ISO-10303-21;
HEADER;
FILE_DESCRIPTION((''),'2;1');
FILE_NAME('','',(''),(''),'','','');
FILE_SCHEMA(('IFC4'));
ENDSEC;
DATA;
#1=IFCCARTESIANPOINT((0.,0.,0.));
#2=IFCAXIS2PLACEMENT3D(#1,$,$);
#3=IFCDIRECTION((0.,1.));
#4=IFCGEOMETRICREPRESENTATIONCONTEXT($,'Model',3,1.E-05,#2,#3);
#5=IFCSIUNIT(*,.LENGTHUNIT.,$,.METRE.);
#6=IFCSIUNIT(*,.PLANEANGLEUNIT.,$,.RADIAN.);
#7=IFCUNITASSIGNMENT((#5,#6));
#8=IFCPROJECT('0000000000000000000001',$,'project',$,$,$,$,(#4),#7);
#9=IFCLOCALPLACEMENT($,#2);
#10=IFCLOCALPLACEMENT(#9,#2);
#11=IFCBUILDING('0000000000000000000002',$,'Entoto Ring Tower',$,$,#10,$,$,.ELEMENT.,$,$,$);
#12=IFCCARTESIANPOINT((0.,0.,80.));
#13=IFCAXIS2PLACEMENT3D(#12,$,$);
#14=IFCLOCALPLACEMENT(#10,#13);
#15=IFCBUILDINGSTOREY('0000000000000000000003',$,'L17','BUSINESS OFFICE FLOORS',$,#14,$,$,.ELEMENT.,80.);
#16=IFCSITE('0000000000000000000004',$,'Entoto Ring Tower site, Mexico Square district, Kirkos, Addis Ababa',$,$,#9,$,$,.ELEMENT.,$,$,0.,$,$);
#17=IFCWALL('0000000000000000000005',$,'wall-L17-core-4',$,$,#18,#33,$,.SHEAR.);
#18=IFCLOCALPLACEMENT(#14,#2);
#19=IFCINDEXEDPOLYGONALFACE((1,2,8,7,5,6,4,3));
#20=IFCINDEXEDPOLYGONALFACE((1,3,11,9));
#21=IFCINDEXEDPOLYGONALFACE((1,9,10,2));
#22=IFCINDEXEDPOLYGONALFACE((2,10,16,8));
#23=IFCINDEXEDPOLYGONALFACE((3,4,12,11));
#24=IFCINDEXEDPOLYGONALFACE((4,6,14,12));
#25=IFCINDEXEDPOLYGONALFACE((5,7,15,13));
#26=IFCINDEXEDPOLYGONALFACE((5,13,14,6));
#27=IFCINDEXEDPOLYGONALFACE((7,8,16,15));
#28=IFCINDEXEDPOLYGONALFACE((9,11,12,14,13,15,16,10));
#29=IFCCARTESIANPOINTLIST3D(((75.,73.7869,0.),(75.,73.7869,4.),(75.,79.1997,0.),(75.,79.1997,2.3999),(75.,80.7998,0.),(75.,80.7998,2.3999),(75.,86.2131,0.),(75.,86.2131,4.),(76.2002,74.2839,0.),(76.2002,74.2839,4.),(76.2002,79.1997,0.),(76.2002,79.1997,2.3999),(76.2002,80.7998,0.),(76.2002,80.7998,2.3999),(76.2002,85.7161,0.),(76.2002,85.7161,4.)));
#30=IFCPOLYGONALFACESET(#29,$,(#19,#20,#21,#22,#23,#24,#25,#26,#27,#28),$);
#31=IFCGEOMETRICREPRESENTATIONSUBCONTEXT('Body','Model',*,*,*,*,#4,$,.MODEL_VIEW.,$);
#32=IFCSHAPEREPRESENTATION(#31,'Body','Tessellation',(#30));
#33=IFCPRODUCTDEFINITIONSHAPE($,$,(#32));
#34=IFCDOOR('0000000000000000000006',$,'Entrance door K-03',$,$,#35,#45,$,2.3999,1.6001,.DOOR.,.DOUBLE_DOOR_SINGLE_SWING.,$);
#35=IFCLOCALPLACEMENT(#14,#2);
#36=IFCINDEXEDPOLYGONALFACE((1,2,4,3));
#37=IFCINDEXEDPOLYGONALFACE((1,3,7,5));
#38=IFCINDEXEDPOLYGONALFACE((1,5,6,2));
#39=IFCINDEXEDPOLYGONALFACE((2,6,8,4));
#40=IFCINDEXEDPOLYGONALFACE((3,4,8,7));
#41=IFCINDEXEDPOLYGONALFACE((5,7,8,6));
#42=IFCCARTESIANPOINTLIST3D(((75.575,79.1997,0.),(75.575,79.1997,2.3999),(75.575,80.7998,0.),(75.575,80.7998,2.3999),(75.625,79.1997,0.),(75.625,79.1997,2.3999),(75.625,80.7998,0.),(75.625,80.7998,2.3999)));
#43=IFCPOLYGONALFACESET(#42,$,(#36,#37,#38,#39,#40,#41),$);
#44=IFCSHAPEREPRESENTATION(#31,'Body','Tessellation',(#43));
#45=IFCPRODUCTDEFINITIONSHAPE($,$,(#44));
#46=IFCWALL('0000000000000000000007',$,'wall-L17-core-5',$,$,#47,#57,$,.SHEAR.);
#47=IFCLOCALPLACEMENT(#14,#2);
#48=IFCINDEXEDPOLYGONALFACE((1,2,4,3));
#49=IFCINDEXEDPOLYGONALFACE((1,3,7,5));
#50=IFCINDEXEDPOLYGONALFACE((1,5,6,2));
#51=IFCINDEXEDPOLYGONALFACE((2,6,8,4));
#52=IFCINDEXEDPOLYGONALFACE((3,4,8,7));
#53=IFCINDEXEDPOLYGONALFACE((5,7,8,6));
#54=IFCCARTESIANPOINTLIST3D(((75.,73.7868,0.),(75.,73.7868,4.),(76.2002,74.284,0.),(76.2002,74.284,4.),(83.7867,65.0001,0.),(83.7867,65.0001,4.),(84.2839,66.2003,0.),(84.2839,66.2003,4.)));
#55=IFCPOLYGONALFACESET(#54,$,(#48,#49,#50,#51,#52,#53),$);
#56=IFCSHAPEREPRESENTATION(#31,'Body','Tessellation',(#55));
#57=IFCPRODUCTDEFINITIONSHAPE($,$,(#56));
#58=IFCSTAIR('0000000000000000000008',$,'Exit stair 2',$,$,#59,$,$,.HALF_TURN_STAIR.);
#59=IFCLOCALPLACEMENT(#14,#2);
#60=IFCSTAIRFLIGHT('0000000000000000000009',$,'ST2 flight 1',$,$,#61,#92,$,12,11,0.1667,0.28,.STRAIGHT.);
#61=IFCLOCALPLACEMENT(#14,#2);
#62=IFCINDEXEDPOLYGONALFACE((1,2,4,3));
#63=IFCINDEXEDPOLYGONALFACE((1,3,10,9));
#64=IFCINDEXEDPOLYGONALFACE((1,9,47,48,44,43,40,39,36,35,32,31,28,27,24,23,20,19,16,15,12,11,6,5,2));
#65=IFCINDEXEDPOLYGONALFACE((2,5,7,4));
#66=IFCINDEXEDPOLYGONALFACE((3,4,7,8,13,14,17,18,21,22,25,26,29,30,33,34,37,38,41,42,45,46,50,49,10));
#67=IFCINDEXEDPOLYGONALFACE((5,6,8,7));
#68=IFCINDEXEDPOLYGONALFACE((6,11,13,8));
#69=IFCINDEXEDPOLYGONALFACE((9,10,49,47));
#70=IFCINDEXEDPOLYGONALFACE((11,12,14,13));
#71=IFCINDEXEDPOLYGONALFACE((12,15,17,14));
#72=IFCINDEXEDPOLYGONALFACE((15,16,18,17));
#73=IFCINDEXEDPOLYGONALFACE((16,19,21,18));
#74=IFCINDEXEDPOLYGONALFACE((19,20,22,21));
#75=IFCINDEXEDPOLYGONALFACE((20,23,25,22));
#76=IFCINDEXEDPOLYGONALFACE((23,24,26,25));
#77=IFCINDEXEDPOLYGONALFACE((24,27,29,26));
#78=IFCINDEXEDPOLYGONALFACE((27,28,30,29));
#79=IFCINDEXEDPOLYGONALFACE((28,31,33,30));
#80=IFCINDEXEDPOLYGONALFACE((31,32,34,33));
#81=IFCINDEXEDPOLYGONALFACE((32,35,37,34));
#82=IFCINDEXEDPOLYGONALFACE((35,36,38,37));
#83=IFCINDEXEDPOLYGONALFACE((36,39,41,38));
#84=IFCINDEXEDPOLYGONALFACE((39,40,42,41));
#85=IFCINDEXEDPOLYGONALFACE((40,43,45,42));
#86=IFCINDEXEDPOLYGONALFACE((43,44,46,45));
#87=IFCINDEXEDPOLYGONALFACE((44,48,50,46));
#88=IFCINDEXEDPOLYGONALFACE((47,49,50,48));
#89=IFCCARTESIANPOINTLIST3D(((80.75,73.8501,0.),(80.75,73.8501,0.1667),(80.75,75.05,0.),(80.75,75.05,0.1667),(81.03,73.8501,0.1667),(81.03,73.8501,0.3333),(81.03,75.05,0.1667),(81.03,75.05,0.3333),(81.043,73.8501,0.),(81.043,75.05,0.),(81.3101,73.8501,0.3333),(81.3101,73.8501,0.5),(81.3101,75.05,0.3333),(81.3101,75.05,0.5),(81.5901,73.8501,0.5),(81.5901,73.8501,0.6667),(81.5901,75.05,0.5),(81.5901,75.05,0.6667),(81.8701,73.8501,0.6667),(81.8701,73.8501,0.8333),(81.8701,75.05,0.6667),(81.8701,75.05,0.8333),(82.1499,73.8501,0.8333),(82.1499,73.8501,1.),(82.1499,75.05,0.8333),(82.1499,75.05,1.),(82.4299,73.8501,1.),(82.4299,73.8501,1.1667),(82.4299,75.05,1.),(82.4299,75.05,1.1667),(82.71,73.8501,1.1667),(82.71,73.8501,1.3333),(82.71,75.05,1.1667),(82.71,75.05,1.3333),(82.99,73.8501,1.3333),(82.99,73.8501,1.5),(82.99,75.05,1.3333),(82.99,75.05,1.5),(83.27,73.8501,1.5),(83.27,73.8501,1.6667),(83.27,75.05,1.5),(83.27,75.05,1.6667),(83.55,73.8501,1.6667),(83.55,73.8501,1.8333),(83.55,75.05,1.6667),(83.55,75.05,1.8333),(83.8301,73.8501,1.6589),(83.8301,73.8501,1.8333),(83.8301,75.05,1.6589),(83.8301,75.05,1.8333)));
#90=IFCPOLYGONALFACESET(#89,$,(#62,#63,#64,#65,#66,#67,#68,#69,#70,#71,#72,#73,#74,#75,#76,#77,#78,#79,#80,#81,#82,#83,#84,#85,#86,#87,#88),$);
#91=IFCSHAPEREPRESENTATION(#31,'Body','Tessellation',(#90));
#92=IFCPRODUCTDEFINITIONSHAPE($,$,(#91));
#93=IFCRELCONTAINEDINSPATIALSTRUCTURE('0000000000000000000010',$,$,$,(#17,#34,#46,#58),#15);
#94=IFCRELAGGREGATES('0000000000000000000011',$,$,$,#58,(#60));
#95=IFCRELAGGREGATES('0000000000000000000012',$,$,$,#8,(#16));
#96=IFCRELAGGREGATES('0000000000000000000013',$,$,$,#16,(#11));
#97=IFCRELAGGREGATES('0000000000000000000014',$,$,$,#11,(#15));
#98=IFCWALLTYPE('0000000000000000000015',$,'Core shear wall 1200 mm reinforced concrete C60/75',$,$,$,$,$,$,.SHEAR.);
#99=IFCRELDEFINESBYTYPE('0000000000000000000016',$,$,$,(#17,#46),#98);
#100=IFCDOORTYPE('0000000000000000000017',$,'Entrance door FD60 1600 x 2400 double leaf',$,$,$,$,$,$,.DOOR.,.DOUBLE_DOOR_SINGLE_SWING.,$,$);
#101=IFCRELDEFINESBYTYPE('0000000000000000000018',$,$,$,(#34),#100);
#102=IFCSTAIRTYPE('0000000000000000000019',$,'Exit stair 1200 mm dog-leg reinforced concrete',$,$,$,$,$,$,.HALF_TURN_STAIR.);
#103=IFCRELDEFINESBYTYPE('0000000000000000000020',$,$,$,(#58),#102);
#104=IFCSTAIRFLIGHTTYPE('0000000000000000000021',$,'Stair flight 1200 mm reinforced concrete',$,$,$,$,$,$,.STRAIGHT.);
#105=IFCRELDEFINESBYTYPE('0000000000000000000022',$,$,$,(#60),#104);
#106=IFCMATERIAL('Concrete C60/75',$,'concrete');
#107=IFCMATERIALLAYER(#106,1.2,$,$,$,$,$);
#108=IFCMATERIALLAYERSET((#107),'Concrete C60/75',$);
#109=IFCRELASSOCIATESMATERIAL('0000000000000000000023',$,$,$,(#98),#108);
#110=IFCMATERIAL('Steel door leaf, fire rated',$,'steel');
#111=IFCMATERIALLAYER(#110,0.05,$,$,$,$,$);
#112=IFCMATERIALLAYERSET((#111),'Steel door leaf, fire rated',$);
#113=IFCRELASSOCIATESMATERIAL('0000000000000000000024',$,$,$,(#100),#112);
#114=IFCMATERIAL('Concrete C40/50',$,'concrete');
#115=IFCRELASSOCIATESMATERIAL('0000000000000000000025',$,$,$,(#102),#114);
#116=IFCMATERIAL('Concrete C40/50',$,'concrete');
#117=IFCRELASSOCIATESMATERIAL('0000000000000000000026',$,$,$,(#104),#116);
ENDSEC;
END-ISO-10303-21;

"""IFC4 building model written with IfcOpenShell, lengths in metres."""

from ifc_helpers import new_model, si_unit, direction, frame, frame_2d, origin, place, context, subcontext, project, spatial, polyline, rectangle, outline, extrude, material, layer, layer_set, type_object, element, fill, aggregate, save


model = new_model("IFC4")

# Units and contexts
model_context = context("Model", 3, precision=1e-05, world=origin(), true_north=direction((0.0, 1.0)))
body_context = subcontext(model_context, "Body", "Model", "MODEL_VIEW")
ifc_project = project(units=[si_unit("LENGTHUNIT", "METRE"), si_unit("PLANEANGLEUNIT", "RADIAN")], contexts=[model_context])

# Site, building, storey
site_placement = place(None, origin())
site = spatial("IfcSite", under=ifc_project, at=site_placement, Name="Entoto Ring Tower site, Mexico Square district, Kirkos, Addis Ababa", CompositionType="ELEMENT", RefElevation=0.0)
building_placement = place(site_placement, origin())
building = spatial("IfcBuilding", under=site, at=building_placement, Name="Entoto Ring Tower", CompositionType="ELEMENT")
storey_placement = place(building_placement, frame((0.0, 0.0, 80.0)))
storey = spatial("IfcBuildingStorey", under=building, at=storey_placement, Name="L17", Description="BUSINESS OFFICE FLOORS", CompositionType="ELEMENT", Elevation=80.0)

# Wall, opening, door
ifc_material_1 = material(Name="Concrete C60/75", Category="concrete")
ifc_layer_1 = layer(ifc_material_1, 1.2)
ifc_layer_set_1 = layer_set([ifc_layer_1], Name="Concrete C60/75")
wall_type_1 = type_object("IfcWallType", Name="Core shear wall 1200 mm reinforced concrete C60/75", PredefinedType="SHEAR", material=ifc_layer_set_1)
wall_1_placement = place(storey_placement, frame((75.6001, 85.9646, 0.0), z_axis=(0.0, 0.0, 1.0), x_axis=(0.0, -1.0, 0.0)))
wall_1 = element("IfcWall", 1, at=wall_1_placement, inside=storey, type_object=wall_type_1, Name="wall-L17-core-4", PredefinedType="SHEAR", context=body_context, shape_type="SweptSolid", body=[
    extrude(outline(polyline([(-0.2485, -0.6001), (12.1777, -0.6001), (11.6807, 0.6001), (0.2485, 0.6001), (-0.2485, -0.6001)])), origin(), (0.0, 0.0, 1.0), 4.0),
])
opening_1_placement = place(wall_1_placement, frame((5.1648, 0.0, 0.0)))
opening_1 = element("IfcOpeningElement", 2, at=opening_1_placement, cuts=wall_1, PredefinedType="OPENING", context=body_context, shape_type="SweptSolid", body=[
    extrude(rectangle(XDim=1.6001, YDim=2.3999, at=frame_2d((0.8, 1.2))), frame((0.0, 0.6099, 0.0), z_axis=(0.0, -1.0, 0.0), x_axis=(1.0, 0.0, 0.0)), (0.0, 0.0, 1.0), 1.22),
])
ifc_material_2 = material(Name="Steel door leaf, fire rated", Category="steel")
ifc_layer_2 = layer(ifc_material_2, 0.05)
ifc_layer_set_2 = layer_set([ifc_layer_2], Name="Steel door leaf, fire rated")
door_type_1 = type_object("IfcDoorType", Name="Entrance door FD60 1600 x 2400 double leaf", OperationType="DOUBLE_DOOR_SINGLE_SWING", PredefinedType="DOOR", material=ifc_layer_set_2)
door_1_placement = place(opening_1_placement, origin())
door_1 = element("IfcDoor", 3, at=door_1_placement, inside=storey, type_object=door_type_1, Name="Entrance door K-03", OperationType="DOUBLE_DOOR_SINGLE_SWING", OverallHeight=2.3999, OverallWidth=1.6001, PredefinedType="DOOR", context=body_context, shape_type="SweptSolid", body=[
    extrude(rectangle(XDim=1.6001, YDim=2.3999, at=frame_2d((0.8, 1.2))), frame((0.0, 0.0249, 0.0), z_axis=(0.0, -1.0, 0.0), x_axis=(1.0, 0.0, 0.0)), (0.0, 0.0, 1.0), 0.05),
])
fill(opening_1, door_1)

# Wall
wall_2_placement = place(storey_placement, frame((75.6001, 74.0354, 0.0), z_axis=(0.0, 0.0, 1.0), x_axis=(0.707107, -0.707107, 0.0)))
element("IfcWall", 4, at=wall_2_placement, inside=storey, type_object=wall_type_1, Name="wall-L17-core-5", PredefinedType="SHEAR", context=body_context, shape_type="SweptSolid", body=[
    extrude(outline(polyline([(-0.2485, -0.6001), (12.1777, -0.6001), (11.6807, 0.6001), (0.2485, 0.6001), (-0.2485, -0.6001)])), origin(), (0.0, 0.0, 1.0), 4.0),
])

# Stair, stair flight
ifc_material_3 = material(Name="Concrete C40/50", Category="concrete")
stair_type = type_object("IfcStairType", Name="Exit stair 1200 mm dog-leg reinforced concrete", PredefinedType="HALF_TURN_STAIR", material=ifc_material_3)
stair_placement = place(storey_placement, origin())
stair = element("IfcStair", 5, at=stair_placement, inside=storey, type_object=stair_type, Name="Exit stair 2", PredefinedType="HALF_TURN_STAIR")
ifc_material_4 = material(Name="Concrete C40/50", Category="concrete")
stair_flight_type = type_object("IfcStairFlightType", Name="Stair flight 1200 mm reinforced concrete", PredefinedType="STRAIGHT", material=ifc_material_4)
stair_flight_placement = place(storey_placement, frame((80.75, 74.45, 0.0), z_axis=(0.0, 0.0, 1.0), x_axis=(1.0, 0.0, 0.0)))
stair_flight = element("IfcStairFlight", 6, at=stair_flight_placement, type_object=stair_flight_type, Name="ST2 flight 1", NumberOfRisers=12, NumberOfTreads=11, PredefinedType="STRAIGHT", RiserHeight=0.1667, TreadLength=0.28, context=body_context, shape_type="SweptSolid", body=[
    extrude(outline(polyline([(0.0, 0.0), (0.0, 0.1667), (0.28, 0.1667), (0.28, 0.3333), (0.5601, 0.3333), (0.5601, 0.5), (0.8401, 0.5), (0.8401, 0.6667), (1.1201, 0.6667), (1.1201, 0.8333), (1.3999, 0.8333), (1.3999, 1.0), (1.6799, 1.0), (1.6799, 1.1667), (1.96, 1.1667), (1.96, 1.3333), (2.24, 1.3333), (2.24, 1.5), (2.52, 1.5), (2.52, 1.6667), (2.8, 1.6667), (2.8, 1.8333), (3.0801, 1.8333), (3.0801, 2.0), (3.0801, 1.6589), (0.293, 0.0), (0.0, 0.0)])), frame((0.0, 0.6001, 0.0), z_axis=(0.0, -1.0, 0.0), x_axis=(1.0, 0.0, 0.0)), (0.0, 0.0, 1.0), 1.2),
])
aggregate(stair, [stair_flight])

save(model, "model.ifc")
